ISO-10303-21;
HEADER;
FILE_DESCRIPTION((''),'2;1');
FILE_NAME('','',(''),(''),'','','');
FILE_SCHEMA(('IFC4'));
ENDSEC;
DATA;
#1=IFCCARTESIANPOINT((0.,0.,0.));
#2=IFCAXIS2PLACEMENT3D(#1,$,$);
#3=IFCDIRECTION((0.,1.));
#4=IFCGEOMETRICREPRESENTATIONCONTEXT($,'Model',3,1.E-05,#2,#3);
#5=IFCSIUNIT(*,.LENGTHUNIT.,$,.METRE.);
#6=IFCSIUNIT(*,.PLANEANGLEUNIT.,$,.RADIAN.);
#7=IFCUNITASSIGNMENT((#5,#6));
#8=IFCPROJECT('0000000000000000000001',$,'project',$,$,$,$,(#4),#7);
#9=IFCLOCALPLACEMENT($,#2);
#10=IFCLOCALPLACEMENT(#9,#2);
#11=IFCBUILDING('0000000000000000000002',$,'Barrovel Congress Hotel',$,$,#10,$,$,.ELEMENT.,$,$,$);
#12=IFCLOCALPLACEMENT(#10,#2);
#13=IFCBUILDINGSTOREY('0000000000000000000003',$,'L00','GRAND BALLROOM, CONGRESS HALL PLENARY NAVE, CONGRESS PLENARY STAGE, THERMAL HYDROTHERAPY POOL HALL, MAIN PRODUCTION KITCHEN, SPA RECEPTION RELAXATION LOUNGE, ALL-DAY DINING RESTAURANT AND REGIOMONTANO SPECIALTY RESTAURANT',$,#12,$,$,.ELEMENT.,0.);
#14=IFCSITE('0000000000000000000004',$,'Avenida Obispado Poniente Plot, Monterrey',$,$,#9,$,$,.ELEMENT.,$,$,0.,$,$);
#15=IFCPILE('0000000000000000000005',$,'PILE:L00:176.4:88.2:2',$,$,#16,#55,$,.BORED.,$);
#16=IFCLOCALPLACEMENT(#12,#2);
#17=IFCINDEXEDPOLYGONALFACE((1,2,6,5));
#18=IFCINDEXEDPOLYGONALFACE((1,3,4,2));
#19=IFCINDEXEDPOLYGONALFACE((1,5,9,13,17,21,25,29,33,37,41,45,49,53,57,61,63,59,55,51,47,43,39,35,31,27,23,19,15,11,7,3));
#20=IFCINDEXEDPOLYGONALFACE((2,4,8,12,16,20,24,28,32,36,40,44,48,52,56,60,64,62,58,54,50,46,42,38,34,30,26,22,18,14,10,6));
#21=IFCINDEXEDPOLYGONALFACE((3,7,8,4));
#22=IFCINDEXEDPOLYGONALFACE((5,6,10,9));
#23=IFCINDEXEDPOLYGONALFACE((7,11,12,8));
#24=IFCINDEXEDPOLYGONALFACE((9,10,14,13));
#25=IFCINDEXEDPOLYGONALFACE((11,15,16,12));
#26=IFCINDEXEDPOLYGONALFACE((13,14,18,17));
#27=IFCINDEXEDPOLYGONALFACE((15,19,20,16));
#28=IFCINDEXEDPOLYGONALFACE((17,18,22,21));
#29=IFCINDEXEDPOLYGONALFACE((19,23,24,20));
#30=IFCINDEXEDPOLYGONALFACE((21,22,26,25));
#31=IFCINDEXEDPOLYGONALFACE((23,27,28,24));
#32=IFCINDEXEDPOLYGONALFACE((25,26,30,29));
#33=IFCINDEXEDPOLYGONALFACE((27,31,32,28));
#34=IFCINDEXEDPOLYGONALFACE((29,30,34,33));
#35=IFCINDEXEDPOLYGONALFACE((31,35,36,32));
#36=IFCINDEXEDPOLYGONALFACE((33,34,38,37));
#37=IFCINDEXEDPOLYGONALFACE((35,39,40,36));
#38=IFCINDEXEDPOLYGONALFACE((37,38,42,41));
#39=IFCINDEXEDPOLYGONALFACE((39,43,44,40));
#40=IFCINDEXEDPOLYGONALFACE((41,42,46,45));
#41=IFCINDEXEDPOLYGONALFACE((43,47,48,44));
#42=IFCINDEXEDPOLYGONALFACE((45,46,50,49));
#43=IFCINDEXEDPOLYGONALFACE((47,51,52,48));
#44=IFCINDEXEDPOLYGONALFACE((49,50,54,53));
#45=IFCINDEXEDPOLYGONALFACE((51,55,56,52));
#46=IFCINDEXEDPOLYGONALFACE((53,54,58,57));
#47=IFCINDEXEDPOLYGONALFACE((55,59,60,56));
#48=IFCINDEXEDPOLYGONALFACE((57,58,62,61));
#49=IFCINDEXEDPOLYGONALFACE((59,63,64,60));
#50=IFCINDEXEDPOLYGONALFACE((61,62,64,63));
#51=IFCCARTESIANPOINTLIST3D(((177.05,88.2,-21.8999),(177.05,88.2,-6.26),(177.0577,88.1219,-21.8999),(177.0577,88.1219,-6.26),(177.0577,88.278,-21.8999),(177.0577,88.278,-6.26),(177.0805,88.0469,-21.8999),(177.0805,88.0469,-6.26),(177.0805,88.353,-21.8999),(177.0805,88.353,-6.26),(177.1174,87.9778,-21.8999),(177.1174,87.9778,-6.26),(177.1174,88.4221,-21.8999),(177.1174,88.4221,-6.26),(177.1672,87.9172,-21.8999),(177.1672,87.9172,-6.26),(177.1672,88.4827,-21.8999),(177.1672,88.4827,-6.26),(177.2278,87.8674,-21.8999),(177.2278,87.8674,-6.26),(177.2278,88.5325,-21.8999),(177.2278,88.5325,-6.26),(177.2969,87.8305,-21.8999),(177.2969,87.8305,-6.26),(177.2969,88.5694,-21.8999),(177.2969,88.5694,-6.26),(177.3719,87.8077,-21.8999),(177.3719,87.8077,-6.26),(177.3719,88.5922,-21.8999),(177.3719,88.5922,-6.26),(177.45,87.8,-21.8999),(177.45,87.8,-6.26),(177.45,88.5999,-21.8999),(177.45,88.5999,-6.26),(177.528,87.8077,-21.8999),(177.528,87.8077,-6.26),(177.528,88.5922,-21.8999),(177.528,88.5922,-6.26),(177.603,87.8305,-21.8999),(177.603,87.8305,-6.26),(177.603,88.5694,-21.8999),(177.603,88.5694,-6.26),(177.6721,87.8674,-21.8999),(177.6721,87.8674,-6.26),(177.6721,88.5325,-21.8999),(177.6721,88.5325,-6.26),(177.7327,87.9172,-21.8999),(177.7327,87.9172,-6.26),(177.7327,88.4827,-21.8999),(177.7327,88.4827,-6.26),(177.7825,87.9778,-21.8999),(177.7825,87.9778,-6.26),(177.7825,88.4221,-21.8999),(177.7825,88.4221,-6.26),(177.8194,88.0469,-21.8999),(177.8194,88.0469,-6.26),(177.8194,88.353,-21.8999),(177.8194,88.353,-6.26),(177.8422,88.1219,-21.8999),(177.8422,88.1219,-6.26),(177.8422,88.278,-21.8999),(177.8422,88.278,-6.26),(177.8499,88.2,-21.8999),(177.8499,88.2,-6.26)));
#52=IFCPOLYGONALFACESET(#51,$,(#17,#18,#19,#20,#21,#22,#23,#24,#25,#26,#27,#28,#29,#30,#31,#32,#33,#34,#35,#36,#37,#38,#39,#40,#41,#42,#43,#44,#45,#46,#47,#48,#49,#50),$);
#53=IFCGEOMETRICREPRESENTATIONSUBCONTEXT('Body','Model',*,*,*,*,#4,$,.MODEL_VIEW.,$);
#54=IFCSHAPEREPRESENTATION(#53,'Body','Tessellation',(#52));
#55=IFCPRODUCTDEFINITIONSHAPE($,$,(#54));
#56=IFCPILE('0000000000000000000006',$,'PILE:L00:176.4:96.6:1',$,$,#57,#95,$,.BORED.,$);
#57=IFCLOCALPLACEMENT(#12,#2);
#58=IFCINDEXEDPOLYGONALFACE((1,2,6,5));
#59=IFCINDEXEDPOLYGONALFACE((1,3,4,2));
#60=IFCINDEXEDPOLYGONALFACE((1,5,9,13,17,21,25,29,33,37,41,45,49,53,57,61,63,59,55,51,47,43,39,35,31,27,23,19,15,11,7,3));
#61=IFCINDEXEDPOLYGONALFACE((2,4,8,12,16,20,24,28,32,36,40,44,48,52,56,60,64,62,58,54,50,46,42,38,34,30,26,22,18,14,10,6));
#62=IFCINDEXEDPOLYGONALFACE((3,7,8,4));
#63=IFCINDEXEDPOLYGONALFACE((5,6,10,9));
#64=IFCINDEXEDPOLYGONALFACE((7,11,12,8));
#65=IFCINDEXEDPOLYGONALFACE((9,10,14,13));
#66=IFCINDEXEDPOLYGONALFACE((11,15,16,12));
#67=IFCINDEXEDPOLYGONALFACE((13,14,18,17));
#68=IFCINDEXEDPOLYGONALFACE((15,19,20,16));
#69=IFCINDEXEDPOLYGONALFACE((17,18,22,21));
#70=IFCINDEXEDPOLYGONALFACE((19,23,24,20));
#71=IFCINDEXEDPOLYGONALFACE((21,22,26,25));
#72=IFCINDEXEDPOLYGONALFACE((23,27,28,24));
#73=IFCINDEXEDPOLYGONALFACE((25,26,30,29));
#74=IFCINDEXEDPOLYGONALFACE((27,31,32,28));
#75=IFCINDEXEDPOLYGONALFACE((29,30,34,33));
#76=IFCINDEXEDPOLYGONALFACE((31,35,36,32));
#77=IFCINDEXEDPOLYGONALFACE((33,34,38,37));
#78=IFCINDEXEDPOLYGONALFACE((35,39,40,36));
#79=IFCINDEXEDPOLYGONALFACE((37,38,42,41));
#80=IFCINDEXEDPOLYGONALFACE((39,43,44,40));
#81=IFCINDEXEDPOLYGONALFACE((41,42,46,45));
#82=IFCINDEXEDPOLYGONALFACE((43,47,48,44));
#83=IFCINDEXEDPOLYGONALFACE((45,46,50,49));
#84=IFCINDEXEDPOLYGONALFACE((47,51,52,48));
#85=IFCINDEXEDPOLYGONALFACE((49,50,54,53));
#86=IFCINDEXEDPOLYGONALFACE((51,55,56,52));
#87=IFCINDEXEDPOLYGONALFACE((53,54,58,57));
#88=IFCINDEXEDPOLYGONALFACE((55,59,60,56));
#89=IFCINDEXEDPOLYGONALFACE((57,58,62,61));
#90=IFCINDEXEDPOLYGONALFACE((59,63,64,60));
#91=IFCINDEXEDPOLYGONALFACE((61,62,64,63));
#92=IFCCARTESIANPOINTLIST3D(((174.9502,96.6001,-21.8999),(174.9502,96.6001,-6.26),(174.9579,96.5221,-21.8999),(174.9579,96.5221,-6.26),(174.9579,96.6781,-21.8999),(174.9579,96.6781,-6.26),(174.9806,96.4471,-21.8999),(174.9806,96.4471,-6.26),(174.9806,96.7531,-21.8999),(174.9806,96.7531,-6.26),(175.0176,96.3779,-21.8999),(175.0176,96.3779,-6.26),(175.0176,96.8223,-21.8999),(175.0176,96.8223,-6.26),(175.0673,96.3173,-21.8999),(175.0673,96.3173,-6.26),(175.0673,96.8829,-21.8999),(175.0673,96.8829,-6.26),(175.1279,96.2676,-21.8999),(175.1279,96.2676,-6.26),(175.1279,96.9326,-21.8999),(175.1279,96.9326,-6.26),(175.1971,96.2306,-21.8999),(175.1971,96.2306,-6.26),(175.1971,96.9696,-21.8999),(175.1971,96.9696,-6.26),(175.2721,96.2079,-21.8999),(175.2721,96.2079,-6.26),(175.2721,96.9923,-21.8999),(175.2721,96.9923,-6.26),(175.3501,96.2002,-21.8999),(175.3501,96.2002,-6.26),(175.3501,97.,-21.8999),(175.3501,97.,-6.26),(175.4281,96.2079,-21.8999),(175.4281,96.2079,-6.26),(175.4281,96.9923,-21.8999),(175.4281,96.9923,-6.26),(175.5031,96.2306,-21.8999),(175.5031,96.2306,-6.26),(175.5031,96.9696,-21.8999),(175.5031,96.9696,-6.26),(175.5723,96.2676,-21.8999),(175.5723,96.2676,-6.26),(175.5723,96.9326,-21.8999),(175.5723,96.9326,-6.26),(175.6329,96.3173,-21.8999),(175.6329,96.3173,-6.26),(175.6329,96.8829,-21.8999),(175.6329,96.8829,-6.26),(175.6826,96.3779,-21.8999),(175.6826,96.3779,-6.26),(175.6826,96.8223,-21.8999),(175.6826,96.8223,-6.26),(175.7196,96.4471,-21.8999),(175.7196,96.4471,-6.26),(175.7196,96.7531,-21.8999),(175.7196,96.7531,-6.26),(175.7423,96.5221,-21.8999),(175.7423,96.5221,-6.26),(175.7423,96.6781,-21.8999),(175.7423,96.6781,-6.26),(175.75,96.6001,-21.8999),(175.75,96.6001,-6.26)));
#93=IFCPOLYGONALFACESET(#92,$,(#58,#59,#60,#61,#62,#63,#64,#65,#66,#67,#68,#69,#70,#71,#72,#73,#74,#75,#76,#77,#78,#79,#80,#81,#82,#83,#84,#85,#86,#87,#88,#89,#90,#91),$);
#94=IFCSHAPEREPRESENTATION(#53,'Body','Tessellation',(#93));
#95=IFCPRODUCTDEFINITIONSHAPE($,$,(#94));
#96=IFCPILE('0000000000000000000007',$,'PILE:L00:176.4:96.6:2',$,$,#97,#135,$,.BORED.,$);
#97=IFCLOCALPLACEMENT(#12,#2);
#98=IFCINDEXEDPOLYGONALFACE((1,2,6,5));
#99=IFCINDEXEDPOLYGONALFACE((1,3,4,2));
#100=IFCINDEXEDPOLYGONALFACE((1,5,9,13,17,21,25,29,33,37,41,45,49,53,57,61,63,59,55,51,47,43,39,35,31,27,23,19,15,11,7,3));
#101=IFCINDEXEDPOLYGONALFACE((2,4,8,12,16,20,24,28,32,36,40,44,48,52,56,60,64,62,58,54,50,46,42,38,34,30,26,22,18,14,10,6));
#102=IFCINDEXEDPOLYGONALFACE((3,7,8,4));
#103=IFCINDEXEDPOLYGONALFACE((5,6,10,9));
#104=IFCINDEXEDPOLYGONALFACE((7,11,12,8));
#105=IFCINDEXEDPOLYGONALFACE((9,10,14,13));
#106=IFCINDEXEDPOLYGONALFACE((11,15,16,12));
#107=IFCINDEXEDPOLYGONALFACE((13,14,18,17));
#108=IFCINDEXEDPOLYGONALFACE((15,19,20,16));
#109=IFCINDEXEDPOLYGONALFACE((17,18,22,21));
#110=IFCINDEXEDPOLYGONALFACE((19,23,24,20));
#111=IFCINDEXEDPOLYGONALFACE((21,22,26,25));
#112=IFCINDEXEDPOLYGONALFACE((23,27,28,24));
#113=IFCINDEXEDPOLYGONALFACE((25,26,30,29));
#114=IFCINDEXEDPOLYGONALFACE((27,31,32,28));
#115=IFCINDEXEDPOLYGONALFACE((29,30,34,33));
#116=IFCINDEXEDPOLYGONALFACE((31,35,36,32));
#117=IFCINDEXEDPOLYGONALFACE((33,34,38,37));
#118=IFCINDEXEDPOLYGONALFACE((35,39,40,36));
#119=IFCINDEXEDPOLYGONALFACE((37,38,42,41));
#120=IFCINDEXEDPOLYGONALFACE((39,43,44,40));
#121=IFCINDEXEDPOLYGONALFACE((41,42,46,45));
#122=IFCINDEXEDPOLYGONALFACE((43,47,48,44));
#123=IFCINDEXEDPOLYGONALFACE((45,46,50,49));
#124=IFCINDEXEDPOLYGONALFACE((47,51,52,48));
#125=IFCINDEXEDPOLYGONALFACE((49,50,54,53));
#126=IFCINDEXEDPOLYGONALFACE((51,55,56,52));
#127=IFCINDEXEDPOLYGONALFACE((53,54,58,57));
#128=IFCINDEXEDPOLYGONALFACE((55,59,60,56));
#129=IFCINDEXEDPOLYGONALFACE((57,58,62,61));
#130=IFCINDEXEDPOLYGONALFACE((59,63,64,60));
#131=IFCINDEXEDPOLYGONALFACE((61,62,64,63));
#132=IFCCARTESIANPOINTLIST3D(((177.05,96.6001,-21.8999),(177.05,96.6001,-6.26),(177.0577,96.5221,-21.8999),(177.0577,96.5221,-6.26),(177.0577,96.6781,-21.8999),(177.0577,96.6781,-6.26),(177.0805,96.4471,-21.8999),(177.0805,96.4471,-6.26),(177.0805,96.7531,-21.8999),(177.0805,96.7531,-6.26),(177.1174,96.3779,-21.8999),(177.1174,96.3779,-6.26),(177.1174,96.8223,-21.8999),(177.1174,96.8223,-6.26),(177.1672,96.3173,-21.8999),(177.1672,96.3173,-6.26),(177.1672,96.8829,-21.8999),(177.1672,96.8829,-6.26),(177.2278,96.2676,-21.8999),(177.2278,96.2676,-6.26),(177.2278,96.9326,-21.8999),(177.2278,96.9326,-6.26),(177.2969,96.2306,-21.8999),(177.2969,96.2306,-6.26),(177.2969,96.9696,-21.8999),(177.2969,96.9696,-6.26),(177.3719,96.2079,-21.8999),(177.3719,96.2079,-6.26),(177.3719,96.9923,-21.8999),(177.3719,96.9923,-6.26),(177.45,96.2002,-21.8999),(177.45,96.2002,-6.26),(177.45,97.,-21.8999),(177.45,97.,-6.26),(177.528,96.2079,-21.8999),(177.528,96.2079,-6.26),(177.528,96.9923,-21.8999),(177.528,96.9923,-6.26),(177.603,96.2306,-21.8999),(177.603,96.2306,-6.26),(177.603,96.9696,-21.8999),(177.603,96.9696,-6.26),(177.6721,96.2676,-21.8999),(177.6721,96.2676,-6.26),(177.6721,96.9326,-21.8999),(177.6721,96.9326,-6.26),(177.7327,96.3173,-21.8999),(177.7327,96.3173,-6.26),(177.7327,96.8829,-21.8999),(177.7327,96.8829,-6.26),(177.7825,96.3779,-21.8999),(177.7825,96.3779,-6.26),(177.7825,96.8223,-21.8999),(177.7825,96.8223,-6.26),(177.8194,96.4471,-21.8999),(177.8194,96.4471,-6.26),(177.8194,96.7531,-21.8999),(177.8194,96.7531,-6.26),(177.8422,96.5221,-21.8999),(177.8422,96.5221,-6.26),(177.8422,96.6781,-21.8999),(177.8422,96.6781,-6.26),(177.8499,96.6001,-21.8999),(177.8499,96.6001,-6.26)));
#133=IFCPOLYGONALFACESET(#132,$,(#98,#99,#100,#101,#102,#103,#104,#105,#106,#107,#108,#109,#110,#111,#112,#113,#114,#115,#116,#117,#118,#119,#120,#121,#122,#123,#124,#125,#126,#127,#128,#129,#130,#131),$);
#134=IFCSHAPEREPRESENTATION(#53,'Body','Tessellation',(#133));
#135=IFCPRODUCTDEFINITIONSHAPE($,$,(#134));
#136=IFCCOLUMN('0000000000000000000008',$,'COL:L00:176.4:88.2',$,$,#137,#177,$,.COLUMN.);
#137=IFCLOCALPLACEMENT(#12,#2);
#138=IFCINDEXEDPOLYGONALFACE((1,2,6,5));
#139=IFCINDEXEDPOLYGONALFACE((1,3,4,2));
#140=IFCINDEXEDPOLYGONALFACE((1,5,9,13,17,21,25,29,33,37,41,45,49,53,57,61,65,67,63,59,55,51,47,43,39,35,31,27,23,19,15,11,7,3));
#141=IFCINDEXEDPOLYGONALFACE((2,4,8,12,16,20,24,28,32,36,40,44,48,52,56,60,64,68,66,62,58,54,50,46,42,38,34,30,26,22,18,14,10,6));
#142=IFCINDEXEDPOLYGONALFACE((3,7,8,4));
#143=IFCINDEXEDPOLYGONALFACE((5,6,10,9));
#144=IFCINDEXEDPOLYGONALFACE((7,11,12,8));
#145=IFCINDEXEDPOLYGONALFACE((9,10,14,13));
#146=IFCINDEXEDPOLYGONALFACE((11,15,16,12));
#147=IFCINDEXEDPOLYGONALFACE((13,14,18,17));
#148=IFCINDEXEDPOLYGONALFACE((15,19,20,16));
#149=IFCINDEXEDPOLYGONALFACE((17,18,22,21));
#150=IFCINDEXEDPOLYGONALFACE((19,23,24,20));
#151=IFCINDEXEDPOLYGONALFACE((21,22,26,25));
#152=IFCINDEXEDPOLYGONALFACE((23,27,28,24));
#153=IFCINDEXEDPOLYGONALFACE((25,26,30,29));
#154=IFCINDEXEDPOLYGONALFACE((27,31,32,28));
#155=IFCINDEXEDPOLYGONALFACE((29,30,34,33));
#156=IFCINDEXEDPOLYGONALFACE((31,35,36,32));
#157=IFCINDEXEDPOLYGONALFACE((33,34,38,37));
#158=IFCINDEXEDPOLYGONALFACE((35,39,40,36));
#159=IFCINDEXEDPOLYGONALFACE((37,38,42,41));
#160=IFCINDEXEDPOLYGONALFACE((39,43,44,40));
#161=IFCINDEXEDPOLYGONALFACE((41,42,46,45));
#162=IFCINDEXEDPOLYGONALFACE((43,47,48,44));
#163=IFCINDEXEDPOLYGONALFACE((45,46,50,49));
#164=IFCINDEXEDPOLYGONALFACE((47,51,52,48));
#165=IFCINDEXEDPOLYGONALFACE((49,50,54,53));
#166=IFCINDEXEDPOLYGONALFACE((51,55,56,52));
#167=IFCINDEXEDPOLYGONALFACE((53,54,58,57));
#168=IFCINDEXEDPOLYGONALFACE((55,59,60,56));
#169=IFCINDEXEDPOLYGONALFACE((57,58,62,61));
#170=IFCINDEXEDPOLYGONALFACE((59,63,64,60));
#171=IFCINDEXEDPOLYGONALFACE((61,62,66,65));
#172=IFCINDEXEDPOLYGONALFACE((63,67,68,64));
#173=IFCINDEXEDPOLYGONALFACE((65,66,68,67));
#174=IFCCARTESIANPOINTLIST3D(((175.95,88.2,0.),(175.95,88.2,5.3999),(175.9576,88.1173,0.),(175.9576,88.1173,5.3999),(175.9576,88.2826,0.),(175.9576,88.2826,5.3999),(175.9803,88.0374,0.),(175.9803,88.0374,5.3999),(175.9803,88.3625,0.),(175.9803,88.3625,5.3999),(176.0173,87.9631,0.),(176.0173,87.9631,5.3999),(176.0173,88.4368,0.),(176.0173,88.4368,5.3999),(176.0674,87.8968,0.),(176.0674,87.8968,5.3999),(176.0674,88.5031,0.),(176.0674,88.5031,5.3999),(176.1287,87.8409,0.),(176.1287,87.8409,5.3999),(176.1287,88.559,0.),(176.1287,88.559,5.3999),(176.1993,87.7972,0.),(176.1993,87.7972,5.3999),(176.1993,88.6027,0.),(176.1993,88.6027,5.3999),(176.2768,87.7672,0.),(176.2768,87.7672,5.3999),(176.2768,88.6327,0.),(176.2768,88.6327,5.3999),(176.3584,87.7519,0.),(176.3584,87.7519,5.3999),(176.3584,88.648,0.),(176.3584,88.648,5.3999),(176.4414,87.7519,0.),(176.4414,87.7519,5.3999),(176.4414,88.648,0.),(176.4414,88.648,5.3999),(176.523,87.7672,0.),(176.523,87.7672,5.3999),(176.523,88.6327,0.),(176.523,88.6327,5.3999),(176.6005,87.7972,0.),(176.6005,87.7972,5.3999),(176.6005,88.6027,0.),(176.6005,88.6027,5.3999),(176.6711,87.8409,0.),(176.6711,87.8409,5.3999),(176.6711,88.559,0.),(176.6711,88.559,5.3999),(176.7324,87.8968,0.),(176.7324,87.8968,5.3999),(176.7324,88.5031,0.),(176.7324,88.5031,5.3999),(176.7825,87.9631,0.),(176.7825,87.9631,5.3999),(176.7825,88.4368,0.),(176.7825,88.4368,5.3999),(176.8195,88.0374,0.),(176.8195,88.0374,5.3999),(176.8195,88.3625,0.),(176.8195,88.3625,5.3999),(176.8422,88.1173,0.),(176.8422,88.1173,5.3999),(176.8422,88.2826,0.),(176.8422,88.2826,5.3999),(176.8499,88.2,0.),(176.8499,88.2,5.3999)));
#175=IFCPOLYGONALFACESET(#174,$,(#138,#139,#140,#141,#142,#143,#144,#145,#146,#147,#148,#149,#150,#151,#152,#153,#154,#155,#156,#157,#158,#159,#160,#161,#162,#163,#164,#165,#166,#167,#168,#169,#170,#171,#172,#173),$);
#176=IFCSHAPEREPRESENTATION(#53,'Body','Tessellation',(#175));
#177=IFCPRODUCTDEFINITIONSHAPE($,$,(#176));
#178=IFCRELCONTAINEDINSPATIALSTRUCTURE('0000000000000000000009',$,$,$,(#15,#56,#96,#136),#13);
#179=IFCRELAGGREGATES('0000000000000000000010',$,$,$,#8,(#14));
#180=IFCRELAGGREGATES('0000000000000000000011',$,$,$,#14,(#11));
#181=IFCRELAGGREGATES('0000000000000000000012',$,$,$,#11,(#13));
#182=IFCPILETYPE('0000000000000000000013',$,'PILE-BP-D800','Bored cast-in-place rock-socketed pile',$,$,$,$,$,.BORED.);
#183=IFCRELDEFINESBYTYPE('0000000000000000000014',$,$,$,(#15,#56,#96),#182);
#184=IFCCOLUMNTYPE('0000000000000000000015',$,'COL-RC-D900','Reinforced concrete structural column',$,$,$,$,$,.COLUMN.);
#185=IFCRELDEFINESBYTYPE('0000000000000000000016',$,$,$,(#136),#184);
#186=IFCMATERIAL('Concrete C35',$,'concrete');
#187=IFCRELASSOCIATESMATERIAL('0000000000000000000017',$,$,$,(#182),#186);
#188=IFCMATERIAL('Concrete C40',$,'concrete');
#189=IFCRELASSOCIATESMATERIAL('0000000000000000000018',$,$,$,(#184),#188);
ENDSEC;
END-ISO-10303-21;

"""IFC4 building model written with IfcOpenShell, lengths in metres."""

from ifc_helpers import new_model, si_unit, direction, frame, origin, origin_2d, place, context, subcontext, project, spatial, circle, extrude, material, material_profile, profile_set, type_object, element, save


model = new_model("IFC4")

# Units and contexts
model_context = context("Model", 3, precision=1e-05, world=origin(), true_north=direction((0.0, 1.0)))
body_context = subcontext(model_context, "Body", "Model", "MODEL_VIEW")
ifc_project = project(units=[si_unit("LENGTHUNIT", "METRE"), si_unit("PLANEANGLEUNIT", "RADIAN")], contexts=[model_context])

# Site, building, storey
site_placement = place(None, origin())
site = spatial("IfcSite", under=ifc_project, at=site_placement, Name="Avenida Obispado Poniente Plot, Monterrey", CompositionType="ELEMENT", RefElevation=0.0)
building_placement = place(site_placement, origin())
building = spatial("IfcBuilding", under=site, at=building_placement, Name="Barrovel Congress Hotel", CompositionType="ELEMENT")
storey_placement = place(building_placement, origin())
storey = spatial("IfcBuildingStorey", under=building, at=storey_placement, Name="L00", Description="GRAND BALLROOM, CONGRESS HALL PLENARY NAVE, CONGRESS PLENARY STAGE, THERMAL HYDROTHERAPY POOL HALL, MAIN PRODUCTION KITCHEN, SPA RECEPTION RELAXATION LOUNGE, ALL-DAY DINING RESTAURANT AND REGIOMONTANO SPECIALTY RESTAURANT", CompositionType="ELEMENT", Elevation=0.0)

# Shared definitions
ifc_material_1 = material(Name="Concrete C40", Category="concrete")

# Piles
ifc_material_2 = material(Name="Concrete C35", Category="concrete")
ifc_material_profile_1 = material_profile(ifc_material_2, circle(Radius=0.3999, at=origin_2d()), Name="BP-D800")
ifc_profile_set_1 = profile_set([ifc_material_profile_1], Name="Concrete C35")
pile_type = type_object("IfcPileType", Name="PILE-BP-D800", Description="Bored cast-in-place rock-socketed pile", PredefinedType="BORED", material=ifc_profile_set_1)
for number, where, z_axis, x_axis, name in (
    (1, (177.45, 88.2, -6.26), (0.0, 0.0, -1.0), (1.0, 0.0, 0.0), "PILE:L00:176.4:88.2:2"),
    (2, (175.3501, 96.6001, -6.26), (0.0, 0.0, -1.0), (1.0, 0.0, 0.0), "PILE:L00:176.4:96.6:1"),
    (3, (177.45, 96.6001, -6.26), (0.0, 0.0, -1.0), (1.0, 0.0, 0.0), "PILE:L00:176.4:96.6:2"),
):
    element("IfcPile", number, at=place(storey_placement, frame(where, z_axis=z_axis, x_axis=x_axis)), inside=storey, type_object=pile_type, Name=name, PredefinedType="BORED", context=body_context, shape_type="SweptSolid", body=[
        extrude(circle(Radius=0.3999, at=origin_2d()), origin(), (0.0, 0.0, 1.0), 15.6399),
    ])

# Column
ifc_material_profile_2 = material_profile(ifc_material_1, circle(Radius=0.45, at=origin_2d()), Name="RC-D900")
ifc_profile_set_2 = profile_set([ifc_material_profile_2], Name="Concrete C40")
column_type_1 = type_object("IfcColumnType", Name="COL-RC-D900", Description="Reinforced concrete structural column", PredefinedType="COLUMN", material=ifc_profile_set_2)
for number, where, z_axis, x_axis, name in (
    (4, (176.3999, 88.2, 0.0), (0.0, 0.0, 1.0), (1.0, 0.0, 0.0), "COL:L00:176.4:88.2"),
):
    element("IfcColumn", number, at=place(storey_placement, frame(where, z_axis=z_axis, x_axis=x_axis)), inside=storey, type_object=column_type_1, Name=name, PredefinedType="COLUMN", context=body_context, shape_type="SweptSolid", body=[
        extrude(circle(Radius=0.45, at=origin_2d()), origin(), (0.0, 0.0, 1.0), 5.3999),
    ])

save(model, "model.ifc")
